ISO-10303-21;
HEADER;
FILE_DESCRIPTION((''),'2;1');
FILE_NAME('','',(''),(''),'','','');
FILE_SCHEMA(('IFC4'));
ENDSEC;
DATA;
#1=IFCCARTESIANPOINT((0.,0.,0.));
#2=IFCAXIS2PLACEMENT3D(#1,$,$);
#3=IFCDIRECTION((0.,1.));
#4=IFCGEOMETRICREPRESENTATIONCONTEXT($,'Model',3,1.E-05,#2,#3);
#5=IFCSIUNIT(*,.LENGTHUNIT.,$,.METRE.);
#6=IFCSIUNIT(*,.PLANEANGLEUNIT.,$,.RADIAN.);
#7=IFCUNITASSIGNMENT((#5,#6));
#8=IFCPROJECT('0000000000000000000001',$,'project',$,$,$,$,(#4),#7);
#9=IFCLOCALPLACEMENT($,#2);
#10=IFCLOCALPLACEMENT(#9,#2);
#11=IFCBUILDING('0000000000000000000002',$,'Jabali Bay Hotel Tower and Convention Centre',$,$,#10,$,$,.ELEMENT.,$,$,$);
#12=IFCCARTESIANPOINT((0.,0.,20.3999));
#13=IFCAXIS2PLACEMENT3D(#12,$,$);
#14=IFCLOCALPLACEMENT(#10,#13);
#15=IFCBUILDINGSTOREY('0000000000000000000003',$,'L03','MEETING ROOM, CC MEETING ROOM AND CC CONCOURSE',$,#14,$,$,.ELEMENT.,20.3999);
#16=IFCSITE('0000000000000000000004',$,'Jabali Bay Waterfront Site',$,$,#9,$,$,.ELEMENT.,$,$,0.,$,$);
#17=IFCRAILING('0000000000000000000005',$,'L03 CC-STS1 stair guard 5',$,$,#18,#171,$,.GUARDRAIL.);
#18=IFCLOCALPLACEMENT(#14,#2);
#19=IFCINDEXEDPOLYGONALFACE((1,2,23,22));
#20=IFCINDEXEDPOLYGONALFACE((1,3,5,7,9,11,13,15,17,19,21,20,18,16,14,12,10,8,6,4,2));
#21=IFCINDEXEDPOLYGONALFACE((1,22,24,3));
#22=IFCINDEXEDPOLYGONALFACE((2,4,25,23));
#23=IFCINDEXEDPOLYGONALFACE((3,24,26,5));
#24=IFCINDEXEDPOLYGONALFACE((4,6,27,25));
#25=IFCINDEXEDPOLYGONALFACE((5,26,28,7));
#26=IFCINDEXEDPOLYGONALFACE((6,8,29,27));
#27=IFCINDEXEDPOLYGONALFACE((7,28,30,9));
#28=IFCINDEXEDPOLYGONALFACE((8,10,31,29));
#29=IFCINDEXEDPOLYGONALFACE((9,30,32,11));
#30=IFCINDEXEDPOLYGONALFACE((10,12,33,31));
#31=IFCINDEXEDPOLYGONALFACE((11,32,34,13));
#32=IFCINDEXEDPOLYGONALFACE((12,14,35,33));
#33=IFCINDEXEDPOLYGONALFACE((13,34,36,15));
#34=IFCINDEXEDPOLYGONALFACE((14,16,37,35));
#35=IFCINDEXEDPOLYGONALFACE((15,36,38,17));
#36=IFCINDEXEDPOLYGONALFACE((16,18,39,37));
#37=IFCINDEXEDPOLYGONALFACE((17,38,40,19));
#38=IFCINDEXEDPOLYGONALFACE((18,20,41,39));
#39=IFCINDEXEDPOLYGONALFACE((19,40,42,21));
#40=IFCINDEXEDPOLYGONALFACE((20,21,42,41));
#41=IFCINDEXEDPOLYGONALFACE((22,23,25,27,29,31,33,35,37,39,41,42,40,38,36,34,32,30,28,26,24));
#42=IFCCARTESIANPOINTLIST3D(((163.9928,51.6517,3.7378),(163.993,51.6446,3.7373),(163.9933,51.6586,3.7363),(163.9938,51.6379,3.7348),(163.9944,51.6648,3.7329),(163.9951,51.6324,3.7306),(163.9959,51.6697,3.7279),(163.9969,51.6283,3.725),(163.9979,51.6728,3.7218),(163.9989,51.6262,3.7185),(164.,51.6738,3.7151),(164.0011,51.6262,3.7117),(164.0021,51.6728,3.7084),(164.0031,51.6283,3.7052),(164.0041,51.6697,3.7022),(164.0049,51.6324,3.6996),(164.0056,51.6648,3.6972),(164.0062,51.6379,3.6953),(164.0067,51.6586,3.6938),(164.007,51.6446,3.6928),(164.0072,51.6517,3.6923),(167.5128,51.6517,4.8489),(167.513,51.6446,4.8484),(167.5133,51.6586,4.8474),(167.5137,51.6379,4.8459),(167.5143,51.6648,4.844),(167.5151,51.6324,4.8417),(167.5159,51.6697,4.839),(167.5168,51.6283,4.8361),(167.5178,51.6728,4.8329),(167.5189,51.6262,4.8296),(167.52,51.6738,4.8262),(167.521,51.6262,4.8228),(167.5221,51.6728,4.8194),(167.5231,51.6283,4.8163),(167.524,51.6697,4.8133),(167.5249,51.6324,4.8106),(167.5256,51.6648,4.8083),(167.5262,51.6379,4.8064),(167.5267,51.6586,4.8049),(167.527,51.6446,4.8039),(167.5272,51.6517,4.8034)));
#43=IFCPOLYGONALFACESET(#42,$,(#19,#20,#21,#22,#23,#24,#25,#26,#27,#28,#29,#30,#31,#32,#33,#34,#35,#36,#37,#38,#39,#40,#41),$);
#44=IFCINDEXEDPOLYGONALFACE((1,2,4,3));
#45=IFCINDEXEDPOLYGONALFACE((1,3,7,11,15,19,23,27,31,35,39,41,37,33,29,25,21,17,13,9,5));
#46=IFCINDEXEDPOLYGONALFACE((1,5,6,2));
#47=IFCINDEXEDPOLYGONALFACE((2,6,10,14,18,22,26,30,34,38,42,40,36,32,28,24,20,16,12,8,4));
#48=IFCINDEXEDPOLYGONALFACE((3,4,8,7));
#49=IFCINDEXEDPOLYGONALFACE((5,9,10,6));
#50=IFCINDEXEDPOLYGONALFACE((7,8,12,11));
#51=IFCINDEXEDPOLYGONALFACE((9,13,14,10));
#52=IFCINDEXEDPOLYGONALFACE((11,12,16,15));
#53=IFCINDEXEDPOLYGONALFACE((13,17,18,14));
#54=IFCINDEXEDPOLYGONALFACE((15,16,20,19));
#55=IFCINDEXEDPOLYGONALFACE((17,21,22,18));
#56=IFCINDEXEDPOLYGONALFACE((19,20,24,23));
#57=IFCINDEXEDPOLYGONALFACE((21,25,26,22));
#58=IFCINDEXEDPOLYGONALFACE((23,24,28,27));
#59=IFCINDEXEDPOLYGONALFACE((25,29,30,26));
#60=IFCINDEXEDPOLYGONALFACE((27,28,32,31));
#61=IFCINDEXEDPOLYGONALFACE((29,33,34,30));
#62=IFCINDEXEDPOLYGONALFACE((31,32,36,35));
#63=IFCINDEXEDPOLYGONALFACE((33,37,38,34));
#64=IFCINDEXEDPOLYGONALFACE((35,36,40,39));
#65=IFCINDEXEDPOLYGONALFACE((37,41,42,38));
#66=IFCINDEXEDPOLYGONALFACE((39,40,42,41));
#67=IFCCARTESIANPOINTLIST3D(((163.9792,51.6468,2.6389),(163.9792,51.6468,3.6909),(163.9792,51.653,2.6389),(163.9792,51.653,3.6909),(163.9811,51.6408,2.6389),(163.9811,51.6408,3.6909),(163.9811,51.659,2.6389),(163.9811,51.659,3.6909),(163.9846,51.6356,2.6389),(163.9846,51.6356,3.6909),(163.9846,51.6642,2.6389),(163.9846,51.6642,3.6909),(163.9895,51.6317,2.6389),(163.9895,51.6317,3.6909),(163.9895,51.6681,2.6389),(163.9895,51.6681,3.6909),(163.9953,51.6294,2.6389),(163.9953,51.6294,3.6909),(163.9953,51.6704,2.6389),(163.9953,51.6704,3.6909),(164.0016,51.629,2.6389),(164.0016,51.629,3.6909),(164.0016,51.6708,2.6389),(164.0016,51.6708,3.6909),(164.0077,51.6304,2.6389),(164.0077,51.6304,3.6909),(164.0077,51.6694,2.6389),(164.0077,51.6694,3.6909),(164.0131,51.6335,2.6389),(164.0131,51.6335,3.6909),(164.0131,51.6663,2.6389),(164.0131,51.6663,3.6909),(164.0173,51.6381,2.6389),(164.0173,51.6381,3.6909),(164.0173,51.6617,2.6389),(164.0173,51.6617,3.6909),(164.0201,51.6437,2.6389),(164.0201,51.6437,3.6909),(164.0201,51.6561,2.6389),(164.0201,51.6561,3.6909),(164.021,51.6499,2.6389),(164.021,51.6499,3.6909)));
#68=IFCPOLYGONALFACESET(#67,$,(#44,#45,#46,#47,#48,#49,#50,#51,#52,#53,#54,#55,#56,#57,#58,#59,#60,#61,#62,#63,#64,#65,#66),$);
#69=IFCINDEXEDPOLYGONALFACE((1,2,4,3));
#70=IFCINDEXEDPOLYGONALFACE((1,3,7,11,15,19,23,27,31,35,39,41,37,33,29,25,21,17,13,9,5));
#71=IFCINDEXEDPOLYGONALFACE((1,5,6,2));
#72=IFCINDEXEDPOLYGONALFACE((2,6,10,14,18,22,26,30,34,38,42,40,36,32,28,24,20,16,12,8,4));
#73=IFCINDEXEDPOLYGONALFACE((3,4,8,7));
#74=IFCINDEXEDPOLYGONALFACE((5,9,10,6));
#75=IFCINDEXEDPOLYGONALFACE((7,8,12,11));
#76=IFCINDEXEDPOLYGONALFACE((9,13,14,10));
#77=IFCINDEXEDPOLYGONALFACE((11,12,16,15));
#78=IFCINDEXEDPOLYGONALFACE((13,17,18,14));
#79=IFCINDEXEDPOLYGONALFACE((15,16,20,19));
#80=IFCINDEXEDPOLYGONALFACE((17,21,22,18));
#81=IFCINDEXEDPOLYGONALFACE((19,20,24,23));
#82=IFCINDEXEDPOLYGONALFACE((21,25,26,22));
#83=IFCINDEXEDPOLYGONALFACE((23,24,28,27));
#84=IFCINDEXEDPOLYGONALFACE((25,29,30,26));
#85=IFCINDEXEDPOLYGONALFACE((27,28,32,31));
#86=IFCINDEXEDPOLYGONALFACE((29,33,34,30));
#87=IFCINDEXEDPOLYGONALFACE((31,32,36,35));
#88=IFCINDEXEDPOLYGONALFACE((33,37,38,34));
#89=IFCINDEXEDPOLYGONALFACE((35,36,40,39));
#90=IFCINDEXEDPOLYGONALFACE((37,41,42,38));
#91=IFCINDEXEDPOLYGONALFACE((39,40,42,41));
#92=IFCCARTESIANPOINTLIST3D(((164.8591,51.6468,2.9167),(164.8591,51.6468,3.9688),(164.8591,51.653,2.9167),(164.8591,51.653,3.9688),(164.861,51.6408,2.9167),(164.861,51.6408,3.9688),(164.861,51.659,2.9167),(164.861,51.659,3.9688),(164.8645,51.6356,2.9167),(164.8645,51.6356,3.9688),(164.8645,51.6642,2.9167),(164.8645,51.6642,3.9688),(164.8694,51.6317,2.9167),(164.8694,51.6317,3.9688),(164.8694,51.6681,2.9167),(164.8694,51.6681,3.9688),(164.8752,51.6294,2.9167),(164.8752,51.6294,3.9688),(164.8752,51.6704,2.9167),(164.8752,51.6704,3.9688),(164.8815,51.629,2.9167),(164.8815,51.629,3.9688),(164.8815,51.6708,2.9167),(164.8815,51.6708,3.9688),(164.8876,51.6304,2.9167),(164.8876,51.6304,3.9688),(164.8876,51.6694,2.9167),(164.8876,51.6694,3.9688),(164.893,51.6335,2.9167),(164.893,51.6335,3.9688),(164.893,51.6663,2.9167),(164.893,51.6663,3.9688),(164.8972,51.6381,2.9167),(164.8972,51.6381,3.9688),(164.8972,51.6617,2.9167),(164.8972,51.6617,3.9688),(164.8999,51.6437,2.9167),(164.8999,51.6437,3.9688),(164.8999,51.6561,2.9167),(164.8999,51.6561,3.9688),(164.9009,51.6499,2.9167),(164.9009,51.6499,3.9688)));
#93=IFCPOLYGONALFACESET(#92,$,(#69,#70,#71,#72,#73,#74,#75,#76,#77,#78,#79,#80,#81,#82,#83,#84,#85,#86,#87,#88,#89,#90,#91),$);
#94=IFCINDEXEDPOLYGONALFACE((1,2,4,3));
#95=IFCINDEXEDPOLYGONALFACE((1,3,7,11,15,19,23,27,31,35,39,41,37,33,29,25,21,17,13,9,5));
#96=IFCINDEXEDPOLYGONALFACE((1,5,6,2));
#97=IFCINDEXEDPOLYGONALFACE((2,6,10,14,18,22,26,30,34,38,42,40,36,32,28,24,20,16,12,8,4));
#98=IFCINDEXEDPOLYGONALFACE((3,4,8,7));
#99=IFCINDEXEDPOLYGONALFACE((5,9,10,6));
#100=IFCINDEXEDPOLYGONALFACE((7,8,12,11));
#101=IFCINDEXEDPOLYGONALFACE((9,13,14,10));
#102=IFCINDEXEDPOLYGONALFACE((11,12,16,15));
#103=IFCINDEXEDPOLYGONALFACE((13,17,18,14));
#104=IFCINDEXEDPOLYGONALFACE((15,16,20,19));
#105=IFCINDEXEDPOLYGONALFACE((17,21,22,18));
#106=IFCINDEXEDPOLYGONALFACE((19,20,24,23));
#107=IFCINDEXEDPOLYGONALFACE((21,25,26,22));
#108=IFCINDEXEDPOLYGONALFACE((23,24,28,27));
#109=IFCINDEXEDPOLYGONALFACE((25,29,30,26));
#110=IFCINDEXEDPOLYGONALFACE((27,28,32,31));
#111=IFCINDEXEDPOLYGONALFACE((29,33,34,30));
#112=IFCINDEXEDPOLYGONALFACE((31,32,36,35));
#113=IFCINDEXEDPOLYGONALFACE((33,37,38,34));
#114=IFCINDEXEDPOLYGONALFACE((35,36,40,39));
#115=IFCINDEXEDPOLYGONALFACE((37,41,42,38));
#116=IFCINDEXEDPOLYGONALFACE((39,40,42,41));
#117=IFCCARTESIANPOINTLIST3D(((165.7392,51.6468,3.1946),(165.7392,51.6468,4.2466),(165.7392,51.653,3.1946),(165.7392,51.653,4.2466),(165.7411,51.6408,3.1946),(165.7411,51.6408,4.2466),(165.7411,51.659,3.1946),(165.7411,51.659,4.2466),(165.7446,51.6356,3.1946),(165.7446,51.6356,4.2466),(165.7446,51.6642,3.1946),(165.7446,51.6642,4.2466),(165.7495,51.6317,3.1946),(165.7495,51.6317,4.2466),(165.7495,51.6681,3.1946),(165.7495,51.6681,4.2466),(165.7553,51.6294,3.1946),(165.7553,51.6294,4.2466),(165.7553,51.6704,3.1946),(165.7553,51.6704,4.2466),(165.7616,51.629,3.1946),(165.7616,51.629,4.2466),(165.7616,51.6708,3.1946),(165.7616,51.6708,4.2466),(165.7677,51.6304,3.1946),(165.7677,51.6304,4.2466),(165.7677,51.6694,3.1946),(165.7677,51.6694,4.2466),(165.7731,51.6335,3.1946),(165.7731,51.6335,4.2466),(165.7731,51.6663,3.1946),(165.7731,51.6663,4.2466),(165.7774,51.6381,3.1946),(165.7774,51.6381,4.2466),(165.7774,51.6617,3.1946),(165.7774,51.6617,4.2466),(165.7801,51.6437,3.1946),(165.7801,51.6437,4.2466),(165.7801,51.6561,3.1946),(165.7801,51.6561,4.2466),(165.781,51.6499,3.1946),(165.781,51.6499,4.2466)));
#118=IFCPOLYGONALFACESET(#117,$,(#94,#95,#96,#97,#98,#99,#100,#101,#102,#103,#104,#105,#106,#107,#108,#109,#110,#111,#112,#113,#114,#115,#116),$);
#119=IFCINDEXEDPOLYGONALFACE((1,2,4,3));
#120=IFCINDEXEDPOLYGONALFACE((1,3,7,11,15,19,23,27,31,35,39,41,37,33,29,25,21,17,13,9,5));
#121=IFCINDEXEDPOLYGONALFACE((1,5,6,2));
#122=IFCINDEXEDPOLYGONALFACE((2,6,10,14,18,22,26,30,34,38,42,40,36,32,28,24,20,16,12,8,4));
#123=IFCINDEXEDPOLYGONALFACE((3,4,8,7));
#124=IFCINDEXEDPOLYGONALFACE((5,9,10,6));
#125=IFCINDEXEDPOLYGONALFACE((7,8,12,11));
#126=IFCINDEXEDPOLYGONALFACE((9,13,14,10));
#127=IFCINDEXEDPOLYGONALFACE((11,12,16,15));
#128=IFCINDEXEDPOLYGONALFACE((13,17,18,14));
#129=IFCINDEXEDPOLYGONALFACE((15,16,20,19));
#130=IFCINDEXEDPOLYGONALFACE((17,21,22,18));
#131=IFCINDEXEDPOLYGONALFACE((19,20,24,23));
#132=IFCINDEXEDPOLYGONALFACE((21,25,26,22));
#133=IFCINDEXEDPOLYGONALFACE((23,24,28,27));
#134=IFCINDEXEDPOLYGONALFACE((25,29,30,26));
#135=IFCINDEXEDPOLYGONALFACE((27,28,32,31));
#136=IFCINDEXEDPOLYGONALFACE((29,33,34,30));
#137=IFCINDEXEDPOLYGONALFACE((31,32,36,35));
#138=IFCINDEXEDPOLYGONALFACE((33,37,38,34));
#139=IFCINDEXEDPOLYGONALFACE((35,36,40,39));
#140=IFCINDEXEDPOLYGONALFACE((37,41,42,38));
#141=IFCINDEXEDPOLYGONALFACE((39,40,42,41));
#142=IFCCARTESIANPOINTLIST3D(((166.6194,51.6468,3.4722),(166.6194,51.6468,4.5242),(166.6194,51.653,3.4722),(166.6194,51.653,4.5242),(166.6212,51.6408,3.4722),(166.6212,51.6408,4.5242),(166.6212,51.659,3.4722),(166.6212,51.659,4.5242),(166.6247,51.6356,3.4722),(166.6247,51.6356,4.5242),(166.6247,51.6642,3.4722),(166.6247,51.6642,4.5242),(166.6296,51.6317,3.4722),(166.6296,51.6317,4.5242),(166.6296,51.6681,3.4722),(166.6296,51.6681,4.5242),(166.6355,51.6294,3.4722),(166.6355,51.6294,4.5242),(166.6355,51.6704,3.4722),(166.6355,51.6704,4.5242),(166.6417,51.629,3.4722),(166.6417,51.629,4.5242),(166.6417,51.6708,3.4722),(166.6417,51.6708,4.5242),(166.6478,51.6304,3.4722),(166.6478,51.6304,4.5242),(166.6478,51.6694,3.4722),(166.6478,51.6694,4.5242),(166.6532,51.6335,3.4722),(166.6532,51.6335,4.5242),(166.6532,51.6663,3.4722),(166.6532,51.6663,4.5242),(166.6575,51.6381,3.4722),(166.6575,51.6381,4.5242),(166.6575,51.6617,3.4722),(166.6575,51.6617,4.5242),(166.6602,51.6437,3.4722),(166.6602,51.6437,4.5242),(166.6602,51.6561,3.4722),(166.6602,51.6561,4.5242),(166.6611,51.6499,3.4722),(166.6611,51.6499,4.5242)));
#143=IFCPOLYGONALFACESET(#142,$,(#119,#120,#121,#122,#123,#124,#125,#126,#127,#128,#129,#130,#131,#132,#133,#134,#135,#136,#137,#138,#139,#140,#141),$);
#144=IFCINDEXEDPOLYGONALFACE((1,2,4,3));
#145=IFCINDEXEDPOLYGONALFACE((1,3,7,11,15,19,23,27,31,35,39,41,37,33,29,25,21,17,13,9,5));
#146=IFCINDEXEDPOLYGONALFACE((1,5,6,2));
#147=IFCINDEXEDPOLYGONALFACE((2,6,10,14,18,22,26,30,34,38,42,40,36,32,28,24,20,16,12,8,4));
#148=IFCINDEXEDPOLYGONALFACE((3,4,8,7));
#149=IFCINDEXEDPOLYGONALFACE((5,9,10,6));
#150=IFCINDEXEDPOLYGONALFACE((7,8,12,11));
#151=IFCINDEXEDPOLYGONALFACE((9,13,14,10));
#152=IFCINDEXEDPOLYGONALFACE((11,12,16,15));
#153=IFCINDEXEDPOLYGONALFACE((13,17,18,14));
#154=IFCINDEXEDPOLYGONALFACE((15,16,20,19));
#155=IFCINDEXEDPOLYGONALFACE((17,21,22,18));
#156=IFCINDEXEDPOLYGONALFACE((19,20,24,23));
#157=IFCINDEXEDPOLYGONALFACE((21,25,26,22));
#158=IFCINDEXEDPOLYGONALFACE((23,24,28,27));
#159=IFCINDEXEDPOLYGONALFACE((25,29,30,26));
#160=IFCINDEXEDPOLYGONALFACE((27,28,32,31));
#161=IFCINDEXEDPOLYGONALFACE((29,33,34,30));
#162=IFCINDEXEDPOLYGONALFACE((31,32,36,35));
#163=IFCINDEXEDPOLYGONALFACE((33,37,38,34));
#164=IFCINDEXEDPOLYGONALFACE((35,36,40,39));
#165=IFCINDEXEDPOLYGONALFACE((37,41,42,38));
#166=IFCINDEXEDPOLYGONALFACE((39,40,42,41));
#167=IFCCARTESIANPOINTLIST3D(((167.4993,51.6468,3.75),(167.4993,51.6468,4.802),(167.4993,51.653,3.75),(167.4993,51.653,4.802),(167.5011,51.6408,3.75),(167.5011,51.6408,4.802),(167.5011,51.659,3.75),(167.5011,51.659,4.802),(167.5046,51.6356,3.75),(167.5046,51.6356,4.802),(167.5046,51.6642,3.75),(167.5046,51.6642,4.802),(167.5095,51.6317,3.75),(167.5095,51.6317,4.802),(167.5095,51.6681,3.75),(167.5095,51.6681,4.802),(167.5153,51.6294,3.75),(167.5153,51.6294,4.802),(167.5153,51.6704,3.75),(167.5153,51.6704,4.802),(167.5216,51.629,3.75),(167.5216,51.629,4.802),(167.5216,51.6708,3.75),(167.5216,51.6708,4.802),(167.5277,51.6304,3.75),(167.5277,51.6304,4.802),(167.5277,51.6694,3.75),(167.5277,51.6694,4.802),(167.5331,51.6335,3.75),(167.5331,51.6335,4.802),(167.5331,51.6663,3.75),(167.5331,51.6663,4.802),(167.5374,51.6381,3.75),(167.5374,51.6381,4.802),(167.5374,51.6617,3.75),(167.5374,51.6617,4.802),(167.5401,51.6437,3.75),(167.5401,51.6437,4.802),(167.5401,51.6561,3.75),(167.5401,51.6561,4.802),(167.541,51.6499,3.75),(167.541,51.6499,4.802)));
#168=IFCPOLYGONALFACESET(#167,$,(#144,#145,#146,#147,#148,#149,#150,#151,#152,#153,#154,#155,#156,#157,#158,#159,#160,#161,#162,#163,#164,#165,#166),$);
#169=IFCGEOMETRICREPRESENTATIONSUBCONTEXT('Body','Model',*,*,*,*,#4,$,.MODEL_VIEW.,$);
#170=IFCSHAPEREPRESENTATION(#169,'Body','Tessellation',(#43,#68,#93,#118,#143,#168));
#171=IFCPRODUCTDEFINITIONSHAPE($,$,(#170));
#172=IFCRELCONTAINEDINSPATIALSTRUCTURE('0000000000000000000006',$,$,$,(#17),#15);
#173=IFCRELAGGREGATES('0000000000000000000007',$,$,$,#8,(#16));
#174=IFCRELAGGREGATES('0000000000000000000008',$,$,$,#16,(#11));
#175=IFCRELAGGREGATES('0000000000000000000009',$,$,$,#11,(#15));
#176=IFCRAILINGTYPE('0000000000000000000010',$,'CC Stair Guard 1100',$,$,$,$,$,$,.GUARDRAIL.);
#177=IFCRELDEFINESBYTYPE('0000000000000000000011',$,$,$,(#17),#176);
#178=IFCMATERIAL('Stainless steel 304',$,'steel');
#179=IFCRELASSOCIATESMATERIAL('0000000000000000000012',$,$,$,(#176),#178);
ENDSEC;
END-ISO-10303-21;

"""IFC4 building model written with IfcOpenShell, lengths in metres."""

from ifc_helpers import new_model, si_unit, direction, frame, origin, origin_2d, place, context, subcontext, project, spatial, circle, extrude, material, type_object, element, save


model = new_model("IFC4")

# Units and contexts
model_context = context("Model", 3, precision=1e-05, world=origin(), true_north=direction((0.0, 1.0)))
body_context = subcontext(model_context, "Body", "Model", "MODEL_VIEW")
ifc_project = project(units=[si_unit("LENGTHUNIT", "METRE"), si_unit("PLANEANGLEUNIT", "RADIAN")], contexts=[model_context])

# Site, building, storey
site_placement = place(None, origin())
site = spatial("IfcSite", under=ifc_project, at=site_placement, Name="Jabali Bay Waterfront Site", CompositionType="ELEMENT", RefElevation=0.0)
building_placement = place(site_placement, origin())
building = spatial("IfcBuilding", under=site, at=building_placement, Name="Jabali Bay Hotel Tower and Convention Centre", CompositionType="ELEMENT")
storey_placement = place(building_placement, frame((0.0, 0.0, 20.3999)))
storey = spatial("IfcBuildingStorey", under=building, at=storey_placement, Name="L03", Description="MEETING ROOM, CC MEETING ROOM AND CC CONCOURSE", CompositionType="ELEMENT", Elevation=20.3999)

# Railing
ifc_material_1 = material(Name="Stainless steel 304", Category="steel")
railing_type_1 = type_object("IfcRailingType", Name="CC Stair Guard 1100", PredefinedType="GUARDRAIL", material=ifc_material_1)
for number, where, name in (
    (1, (164.0, 51.6499, 2.6389), "L03 CC-STS1 stair guard 5"),
):
    element("IfcRailing", number, at=place(storey_placement, frame(where)), inside=storey, type_object=railing_type_1, Name=name, PredefinedType="GUARDRAIL", context=body_context, shape_type="SweptSolid", body=[
        extrude(circle(Radius=0.0239, at=origin_2d()), frame((0.0, 0.0, 1.0762), z_axis=(0.953622, 0.0, 0.301008), x_axis=(0.0, 1.0, 0.0)), (0.0, 0.0, 1.0), 3.6912),
        extrude(circle(Radius=0.021, at=origin_2d()), origin(), (0.0, 0.0, 1.0), 1.052),
        extrude(circle(Radius=0.021, at=origin_2d()), frame((0.8799, 0.0, 0.2778)), (0.0, 0.0, 1.0), 1.052),
        extrude(circle(Radius=0.021, at=origin_2d()), frame((1.76, 0.0, 0.5557)), (0.0, 0.0, 1.0), 1.052),
        extrude(circle(Radius=0.021, at=origin_2d()), frame((2.6401, 0.0, 0.8333)), (0.0, 0.0, 1.0), 1.052),
        extrude(circle(Radius=0.021, at=origin_2d()), frame((3.52, 0.0, 1.1111)), (0.0, 0.0, 1.0), 1.052),
    ])

save(model, "model.ifc")
